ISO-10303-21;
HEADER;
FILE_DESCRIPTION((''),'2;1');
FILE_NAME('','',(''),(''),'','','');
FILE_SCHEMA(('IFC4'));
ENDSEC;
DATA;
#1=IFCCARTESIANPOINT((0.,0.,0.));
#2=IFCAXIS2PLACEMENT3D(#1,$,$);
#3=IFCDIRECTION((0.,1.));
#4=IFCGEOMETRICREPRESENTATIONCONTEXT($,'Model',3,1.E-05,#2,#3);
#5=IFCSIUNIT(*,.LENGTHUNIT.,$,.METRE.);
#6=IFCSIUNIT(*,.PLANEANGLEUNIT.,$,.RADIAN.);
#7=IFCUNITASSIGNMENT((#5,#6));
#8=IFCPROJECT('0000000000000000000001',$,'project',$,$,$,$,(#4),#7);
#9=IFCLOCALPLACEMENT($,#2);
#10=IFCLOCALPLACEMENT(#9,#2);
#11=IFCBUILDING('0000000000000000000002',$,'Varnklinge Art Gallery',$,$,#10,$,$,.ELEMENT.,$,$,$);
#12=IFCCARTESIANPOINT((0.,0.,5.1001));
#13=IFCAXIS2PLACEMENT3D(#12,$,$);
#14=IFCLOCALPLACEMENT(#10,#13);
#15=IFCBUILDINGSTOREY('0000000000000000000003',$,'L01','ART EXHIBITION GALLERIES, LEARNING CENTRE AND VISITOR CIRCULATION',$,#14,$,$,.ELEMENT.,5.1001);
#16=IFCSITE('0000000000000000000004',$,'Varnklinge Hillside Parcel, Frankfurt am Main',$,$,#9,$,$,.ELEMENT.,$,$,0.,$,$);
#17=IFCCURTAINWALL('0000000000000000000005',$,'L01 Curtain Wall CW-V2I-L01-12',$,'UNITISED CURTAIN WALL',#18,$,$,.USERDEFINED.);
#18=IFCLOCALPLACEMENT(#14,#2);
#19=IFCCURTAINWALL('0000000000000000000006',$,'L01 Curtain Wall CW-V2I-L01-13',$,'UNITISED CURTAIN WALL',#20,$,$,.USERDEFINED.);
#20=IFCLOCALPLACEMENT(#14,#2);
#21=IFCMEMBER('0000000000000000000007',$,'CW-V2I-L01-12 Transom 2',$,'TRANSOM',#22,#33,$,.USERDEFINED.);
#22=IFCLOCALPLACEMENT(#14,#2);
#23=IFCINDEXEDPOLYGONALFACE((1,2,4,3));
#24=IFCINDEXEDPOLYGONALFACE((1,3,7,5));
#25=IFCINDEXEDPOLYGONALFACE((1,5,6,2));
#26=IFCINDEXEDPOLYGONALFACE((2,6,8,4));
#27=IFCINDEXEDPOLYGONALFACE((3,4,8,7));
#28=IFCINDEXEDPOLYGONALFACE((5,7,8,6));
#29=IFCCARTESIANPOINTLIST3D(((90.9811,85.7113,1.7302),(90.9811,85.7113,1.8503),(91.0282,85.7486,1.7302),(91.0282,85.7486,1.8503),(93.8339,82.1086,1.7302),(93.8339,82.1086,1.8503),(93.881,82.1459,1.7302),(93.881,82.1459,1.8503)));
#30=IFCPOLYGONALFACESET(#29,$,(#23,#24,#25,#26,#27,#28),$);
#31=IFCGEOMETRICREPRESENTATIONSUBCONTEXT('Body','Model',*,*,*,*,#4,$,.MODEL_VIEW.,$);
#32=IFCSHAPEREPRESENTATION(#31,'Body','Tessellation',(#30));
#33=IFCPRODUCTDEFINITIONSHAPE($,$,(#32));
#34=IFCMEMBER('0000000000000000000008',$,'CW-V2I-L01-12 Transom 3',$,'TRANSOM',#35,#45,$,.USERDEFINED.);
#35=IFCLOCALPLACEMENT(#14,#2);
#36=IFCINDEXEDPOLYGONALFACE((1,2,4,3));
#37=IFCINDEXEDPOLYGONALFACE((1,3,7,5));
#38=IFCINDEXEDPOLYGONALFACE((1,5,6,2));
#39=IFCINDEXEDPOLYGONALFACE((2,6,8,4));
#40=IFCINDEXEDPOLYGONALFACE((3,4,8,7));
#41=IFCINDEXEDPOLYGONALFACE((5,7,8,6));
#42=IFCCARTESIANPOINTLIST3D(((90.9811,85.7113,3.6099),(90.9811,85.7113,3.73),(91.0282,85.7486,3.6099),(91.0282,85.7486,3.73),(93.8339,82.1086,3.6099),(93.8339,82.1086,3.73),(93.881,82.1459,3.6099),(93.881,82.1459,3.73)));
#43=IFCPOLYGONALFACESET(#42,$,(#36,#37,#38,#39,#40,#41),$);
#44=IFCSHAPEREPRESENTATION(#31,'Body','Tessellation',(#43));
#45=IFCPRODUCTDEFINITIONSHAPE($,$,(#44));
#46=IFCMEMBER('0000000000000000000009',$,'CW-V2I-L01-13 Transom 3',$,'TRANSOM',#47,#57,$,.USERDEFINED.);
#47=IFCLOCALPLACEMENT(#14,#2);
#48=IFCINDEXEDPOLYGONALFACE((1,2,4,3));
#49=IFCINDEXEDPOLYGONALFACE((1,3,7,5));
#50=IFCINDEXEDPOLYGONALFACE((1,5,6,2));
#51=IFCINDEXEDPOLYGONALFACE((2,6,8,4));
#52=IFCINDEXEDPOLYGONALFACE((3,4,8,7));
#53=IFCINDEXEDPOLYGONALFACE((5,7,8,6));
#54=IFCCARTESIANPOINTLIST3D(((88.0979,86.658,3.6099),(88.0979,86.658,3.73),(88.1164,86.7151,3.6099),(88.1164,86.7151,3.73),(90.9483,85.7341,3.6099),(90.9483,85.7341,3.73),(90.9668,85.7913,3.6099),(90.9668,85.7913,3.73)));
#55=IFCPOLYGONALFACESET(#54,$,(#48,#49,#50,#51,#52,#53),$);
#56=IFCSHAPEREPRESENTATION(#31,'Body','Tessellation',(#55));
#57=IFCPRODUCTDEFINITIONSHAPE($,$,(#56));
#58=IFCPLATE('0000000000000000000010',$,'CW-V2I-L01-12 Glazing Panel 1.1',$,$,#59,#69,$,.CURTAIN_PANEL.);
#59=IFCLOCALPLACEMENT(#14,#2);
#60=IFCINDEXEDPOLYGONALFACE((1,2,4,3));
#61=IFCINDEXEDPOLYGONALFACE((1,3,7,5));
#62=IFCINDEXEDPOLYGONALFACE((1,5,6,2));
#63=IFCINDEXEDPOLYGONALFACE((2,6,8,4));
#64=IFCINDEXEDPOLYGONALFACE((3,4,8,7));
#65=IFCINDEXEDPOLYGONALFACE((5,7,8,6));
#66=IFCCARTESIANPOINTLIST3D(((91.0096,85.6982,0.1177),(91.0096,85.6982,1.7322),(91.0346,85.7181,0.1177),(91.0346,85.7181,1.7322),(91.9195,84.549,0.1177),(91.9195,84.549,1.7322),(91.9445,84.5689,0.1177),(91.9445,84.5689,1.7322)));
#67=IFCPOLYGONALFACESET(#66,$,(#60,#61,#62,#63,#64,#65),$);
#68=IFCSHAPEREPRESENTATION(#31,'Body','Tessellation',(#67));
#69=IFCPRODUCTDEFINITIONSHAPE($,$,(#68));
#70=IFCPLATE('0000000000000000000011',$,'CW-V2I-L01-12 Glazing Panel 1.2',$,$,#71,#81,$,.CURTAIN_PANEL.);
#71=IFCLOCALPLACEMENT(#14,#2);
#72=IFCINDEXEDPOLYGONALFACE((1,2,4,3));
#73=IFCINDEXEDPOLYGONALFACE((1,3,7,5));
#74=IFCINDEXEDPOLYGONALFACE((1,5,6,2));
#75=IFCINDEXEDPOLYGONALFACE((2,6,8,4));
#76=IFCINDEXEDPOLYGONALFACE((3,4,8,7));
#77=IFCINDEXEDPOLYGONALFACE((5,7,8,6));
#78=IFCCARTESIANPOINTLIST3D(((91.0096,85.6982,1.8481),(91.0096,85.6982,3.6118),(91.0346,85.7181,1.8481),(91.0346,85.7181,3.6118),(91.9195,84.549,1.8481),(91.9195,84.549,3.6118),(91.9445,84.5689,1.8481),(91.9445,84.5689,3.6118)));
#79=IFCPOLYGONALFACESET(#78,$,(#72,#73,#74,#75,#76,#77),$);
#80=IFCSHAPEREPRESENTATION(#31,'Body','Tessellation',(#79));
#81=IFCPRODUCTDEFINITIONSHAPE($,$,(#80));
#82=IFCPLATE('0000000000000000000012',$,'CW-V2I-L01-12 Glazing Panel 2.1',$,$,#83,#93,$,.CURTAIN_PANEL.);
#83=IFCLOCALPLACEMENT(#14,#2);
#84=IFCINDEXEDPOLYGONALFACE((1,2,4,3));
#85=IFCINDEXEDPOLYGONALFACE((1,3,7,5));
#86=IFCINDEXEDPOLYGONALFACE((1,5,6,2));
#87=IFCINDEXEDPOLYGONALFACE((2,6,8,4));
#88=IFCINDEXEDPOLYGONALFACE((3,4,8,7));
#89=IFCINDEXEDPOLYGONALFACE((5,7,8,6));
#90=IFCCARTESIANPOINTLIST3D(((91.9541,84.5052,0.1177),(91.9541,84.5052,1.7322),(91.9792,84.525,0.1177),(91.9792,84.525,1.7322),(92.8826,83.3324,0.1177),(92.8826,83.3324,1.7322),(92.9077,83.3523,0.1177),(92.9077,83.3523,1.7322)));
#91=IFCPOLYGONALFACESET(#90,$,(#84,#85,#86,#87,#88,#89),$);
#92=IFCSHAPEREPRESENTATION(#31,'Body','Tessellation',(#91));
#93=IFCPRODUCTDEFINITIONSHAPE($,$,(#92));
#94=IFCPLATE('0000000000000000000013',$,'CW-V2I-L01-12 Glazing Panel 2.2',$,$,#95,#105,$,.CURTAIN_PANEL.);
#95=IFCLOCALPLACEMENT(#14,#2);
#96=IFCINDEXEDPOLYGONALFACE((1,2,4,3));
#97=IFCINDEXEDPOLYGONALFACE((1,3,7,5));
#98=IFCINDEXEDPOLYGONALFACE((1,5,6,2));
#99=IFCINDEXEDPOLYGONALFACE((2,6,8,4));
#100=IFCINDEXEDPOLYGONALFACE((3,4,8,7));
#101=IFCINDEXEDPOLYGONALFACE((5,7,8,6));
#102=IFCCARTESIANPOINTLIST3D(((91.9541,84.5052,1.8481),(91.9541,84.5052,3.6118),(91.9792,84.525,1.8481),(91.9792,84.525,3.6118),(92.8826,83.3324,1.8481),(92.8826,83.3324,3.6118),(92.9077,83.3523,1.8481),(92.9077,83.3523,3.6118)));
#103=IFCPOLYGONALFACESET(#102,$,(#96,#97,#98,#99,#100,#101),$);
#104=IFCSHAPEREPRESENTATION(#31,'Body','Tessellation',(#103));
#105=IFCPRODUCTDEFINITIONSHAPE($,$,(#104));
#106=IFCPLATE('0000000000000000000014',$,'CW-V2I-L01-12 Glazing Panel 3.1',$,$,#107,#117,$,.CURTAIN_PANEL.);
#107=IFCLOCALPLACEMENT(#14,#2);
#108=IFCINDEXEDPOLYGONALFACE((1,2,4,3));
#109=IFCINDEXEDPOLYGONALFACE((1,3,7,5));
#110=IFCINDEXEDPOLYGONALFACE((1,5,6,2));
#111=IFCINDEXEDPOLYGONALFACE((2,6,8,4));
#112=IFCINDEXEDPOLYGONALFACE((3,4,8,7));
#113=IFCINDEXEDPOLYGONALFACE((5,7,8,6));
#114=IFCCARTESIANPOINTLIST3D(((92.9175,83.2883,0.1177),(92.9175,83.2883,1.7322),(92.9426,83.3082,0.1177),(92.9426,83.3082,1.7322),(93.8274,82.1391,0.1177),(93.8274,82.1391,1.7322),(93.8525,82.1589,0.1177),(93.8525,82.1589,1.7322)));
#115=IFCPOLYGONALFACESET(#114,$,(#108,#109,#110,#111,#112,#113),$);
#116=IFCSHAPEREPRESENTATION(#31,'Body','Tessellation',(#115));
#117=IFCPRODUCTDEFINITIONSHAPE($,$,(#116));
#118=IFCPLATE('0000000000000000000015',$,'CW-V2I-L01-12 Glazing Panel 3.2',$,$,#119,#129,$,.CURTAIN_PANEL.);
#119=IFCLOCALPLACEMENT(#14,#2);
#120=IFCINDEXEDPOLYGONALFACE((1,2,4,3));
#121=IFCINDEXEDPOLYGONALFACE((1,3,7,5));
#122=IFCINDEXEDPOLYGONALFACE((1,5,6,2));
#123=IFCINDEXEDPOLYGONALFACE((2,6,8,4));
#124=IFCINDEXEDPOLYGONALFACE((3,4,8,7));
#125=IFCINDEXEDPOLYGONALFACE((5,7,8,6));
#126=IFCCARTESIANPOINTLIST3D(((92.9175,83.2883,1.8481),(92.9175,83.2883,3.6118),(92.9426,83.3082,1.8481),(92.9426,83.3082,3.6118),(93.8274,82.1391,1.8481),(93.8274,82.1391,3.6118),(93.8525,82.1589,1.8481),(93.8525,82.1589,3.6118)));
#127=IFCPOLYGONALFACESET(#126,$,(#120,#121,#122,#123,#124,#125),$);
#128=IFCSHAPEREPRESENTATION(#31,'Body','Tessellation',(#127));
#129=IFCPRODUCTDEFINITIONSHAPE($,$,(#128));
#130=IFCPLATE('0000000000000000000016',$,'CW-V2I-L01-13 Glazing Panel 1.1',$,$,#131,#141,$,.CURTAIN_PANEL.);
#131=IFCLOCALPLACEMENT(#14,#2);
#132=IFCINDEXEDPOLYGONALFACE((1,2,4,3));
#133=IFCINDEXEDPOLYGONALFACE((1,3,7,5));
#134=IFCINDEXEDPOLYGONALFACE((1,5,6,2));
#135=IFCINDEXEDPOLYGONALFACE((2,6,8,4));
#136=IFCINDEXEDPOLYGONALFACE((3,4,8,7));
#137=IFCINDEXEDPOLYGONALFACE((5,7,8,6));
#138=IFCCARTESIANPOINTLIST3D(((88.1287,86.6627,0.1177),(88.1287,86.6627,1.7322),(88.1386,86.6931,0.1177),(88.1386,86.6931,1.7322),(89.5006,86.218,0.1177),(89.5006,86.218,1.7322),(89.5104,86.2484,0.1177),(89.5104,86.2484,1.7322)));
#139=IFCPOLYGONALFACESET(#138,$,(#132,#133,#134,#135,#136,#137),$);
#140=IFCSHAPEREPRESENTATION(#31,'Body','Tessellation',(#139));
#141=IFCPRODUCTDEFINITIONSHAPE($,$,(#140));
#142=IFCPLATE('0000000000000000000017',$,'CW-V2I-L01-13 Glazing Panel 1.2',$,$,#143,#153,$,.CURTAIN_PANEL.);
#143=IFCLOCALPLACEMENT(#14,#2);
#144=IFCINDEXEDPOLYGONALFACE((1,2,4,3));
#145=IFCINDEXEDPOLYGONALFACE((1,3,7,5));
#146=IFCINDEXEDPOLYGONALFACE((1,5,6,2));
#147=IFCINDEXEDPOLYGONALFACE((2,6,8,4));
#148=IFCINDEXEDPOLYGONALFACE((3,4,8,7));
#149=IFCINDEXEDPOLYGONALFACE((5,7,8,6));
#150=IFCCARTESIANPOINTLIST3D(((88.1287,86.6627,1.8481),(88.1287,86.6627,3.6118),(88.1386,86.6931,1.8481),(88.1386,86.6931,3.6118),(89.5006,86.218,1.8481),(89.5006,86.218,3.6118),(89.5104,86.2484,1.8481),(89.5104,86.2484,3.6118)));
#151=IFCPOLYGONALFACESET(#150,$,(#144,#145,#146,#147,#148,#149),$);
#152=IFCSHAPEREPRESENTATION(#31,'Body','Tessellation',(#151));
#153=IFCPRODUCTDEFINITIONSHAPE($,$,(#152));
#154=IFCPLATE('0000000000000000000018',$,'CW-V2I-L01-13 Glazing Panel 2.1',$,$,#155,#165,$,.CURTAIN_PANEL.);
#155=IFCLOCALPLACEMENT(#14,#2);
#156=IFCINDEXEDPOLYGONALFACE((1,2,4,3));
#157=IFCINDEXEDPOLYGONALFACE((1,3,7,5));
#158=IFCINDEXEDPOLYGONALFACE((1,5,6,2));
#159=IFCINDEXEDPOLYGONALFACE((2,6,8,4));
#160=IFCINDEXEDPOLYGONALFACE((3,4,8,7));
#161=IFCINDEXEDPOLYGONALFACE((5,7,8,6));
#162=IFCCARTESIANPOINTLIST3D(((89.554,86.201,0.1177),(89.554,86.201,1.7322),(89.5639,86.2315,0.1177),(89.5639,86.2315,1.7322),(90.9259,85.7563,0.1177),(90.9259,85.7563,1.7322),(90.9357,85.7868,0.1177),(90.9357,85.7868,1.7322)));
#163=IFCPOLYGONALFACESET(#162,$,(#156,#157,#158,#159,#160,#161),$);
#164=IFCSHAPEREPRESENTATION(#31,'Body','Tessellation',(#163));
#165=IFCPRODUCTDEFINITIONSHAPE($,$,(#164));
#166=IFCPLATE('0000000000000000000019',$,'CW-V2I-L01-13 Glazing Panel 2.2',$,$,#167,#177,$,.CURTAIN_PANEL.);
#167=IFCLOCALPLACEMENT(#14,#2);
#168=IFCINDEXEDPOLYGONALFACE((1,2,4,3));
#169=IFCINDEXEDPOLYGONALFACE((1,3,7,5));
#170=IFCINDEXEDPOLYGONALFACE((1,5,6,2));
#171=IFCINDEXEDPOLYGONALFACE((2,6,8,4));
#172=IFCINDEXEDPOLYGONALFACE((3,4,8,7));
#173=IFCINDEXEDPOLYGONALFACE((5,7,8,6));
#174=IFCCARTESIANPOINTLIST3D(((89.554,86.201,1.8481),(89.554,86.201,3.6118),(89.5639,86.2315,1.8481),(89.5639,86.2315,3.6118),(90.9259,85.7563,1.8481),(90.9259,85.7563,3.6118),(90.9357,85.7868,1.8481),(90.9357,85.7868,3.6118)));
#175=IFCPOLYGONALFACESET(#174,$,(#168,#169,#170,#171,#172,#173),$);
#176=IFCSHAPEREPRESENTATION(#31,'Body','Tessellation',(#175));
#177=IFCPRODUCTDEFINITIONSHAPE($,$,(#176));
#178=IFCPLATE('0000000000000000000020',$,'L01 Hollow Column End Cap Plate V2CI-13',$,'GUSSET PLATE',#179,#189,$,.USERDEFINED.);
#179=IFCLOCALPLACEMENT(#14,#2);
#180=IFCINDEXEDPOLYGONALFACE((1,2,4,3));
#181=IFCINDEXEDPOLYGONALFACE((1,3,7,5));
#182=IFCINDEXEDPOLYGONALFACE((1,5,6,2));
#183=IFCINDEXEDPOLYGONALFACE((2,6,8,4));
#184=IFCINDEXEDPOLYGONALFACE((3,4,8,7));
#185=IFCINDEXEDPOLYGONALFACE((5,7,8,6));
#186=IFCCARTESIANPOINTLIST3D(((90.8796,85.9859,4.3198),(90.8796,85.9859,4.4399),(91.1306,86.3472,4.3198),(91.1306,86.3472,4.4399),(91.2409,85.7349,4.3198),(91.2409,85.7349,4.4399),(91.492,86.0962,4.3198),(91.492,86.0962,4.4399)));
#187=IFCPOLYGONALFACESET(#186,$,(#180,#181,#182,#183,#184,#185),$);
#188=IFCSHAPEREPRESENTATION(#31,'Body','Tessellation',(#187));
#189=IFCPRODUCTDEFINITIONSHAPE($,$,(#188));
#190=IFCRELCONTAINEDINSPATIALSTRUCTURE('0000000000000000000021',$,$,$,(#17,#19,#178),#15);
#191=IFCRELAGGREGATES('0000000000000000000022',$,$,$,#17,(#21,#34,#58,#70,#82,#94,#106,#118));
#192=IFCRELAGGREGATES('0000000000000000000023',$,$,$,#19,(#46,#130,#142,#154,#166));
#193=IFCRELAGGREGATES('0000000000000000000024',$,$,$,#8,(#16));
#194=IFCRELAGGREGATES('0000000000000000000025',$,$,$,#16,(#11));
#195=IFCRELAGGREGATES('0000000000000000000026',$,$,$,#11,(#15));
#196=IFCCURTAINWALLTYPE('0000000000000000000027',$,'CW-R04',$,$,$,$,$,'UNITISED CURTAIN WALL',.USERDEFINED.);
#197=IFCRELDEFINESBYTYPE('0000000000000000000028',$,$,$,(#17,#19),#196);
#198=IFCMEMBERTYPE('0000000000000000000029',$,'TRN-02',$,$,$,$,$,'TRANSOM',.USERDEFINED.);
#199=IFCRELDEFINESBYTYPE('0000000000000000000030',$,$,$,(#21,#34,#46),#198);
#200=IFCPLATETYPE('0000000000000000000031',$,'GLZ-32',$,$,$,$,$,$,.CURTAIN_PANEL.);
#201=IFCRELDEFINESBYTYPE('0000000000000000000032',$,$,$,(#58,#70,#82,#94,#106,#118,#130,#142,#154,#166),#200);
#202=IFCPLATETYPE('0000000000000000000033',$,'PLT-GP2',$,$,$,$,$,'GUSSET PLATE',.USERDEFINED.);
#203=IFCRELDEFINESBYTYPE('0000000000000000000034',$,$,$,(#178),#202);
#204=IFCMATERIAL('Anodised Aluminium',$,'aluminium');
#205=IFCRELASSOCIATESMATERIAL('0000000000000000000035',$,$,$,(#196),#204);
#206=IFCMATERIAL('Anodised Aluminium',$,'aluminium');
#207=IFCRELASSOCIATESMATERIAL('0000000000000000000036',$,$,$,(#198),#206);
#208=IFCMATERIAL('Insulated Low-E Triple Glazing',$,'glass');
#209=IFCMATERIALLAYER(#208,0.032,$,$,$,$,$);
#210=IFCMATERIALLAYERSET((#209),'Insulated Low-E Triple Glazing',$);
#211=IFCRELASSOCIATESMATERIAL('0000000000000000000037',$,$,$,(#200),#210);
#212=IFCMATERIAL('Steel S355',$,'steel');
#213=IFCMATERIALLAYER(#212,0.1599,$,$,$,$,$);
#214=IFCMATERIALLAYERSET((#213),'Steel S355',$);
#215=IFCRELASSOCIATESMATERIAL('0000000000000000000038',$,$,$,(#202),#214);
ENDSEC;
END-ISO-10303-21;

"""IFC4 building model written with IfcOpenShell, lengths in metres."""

from ifc_helpers import new_model, si_unit, direction, frame, origin, origin_2d, place, context, subcontext, project, spatial, rectangle, extrude, material, layer, layer_set, material_profile, profile_set, type_object, element, aggregate, save


model = new_model("IFC4")

# Units and contexts
model_context = context("Model", 3, precision=1e-05, world=origin(), true_north=direction((0.0, 1.0)))
body_context = subcontext(model_context, "Body", "Model", "MODEL_VIEW")
ifc_project = project(units=[si_unit("LENGTHUNIT", "METRE"), si_unit("PLANEANGLEUNIT", "RADIAN")], contexts=[model_context])

# Site, building, storey
site_placement = place(None, origin())
site = spatial("IfcSite", under=ifc_project, at=site_placement, Name="Varnklinge Hillside Parcel, Frankfurt am Main", CompositionType="ELEMENT", RefElevation=0.0)
building_placement = place(site_placement, origin())
building = spatial("IfcBuilding", under=site, at=building_placement, Name="Varnklinge Art Gallery", CompositionType="ELEMENT")
storey_placement = place(building_placement, frame((0.0, 0.0, 5.1001)))
storey = spatial("IfcBuildingStorey", under=building, at=storey_placement, Name="L01", Description="ART EXHIBITION GALLERIES, LEARNING CENTRE AND VISITOR CIRCULATION", CompositionType="ELEMENT", Elevation=5.1001)

# Curtain walls
ifc_material_1 = material(Name="Anodised Aluminium", Category="aluminium")
curtain_wall_type = type_object("IfcCurtainWallType", Name="CW-R04", ElementType="UNITISED CURTAIN WALL", PredefinedType="USERDEFINED", material=ifc_material_1)
curtain_wall_1_placement = place(storey_placement, origin())
curtain_wall_1 = element("IfcCurtainWall", 1, at=curtain_wall_1_placement, inside=storey, type_object=curtain_wall_type, Name="L01 Curtain Wall CW-V2I-L01-12", ObjectType="UNITISED CURTAIN WALL", PredefinedType="USERDEFINED")
curtain_wall_2_placement = place(storey_placement, origin())
curtain_wall_2 = element("IfcCurtainWall", 2, at=curtain_wall_2_placement, inside=storey, type_object=curtain_wall_type, Name="L01 Curtain Wall CW-V2I-L01-13", ObjectType="UNITISED CURTAIN WALL", PredefinedType="USERDEFINED")

# Members
ifc_material_2 = material(Name="Anodised Aluminium", Category="aluminium")
ifc_material_profile_1 = material_profile(ifc_material_2, rectangle(XDim=0.0601, YDim=0.1201, at=origin_2d()), Name="ALU 60x120")
ifc_profile_set_1 = profile_set([ifc_material_profile_1], Name="Anodised Aluminium")
member_type_1 = type_object("IfcMemberType", Name="TRN-02", ElementType="TRANSOM", PredefinedType="USERDEFINED", material=ifc_profile_set_1)
member_1_placement = place(storey_placement, frame((91.0046, 85.73, 1.7903), z_axis=(0.620781, -0.783984, 0.0), x_axis=(0.783984, 0.620781, 0.0)))
member_1 = element("IfcMember", 3, at=member_1_placement, type_object=member_type_1, Name="CW-V2I-L01-12 Transom 2", ObjectType="TRANSOM", PredefinedType="USERDEFINED", context=body_context, shape_type="SweptSolid", body=[
    extrude(rectangle(XDim=0.0601, YDim=0.1201, at=origin_2d()), origin(), (0.0, 0.0, 1.0), 4.5955),
])
member_2_placement = place(storey_placement, frame((91.0046, 85.73, 3.6699), z_axis=(0.620781, -0.783984, 0.0), x_axis=(0.783984, 0.620781, 0.0)))
member_2 = element("IfcMember", 4, at=member_2_placement, type_object=member_type_1, Name="CW-V2I-L01-12 Transom 3", ObjectType="TRANSOM", PredefinedType="USERDEFINED", context=body_context, shape_type="SweptSolid", body=[
    extrude(rectangle(XDim=0.0601, YDim=0.1201, at=origin_2d()), origin(), (0.0, 0.0, 1.0), 4.5955),
])
member_3_placement = place(storey_placement, frame((88.1072, 86.6865, 3.6699), z_axis=(0.951282, -0.308321, 0.0), x_axis=(0.308321, 0.951282, 0.0)))
member_3 = element("IfcMember", 5, at=member_3_placement, type_object=member_type_1, Name="CW-V2I-L01-13 Transom 3", ObjectType="TRANSOM", PredefinedType="USERDEFINED", context=body_context, shape_type="SweptSolid", body=[
    extrude(rectangle(XDim=0.0601, YDim=0.1201, at=origin_2d()), origin(), (0.0, 0.0, 1.0), 2.9963),
])

# Plates
ifc_material_3 = material(Name="Insulated Low-E Triple Glazing", Category="glass")
ifc_layer_1 = layer(ifc_material_3, 0.032)
ifc_layer_set_1 = layer_set([ifc_layer_1], Name="Insulated Low-E Triple Glazing")
plate_type_1 = type_object("IfcPlateType", Name="GLZ-32", PredefinedType="CURTAIN_PANEL", material=ifc_layer_set_1)
plate_1_placement = place(storey_placement, frame((91.4771, 85.1335, 0.1177), z_axis=(0.0, 0.0, 1.0), x_axis=(0.620737, -0.784019, 0.0)))
plate_1 = element("IfcPlate", 6, at=plate_1_placement, type_object=plate_type_1, Name="CW-V2I-L01-12 Glazing Panel 1.1", PredefinedType="CURTAIN_PANEL", context=body_context, shape_type="SweptSolid", body=[
    extrude(rectangle(XDim=1.4658, YDim=0.032, at=origin_2d()), origin(), (0.0, 0.0, 1.0), 1.6145),
])
plate_2_placement = place(storey_placement, frame((91.4771, 85.1335, 1.8481), z_axis=(0.0, 0.0, 1.0), x_axis=(0.620737, -0.784019, 0.0)))
plate_2 = element("IfcPlate", 7, at=plate_2_placement, type_object=plate_type_1, Name="CW-V2I-L01-12 Glazing Panel 1.2", PredefinedType="CURTAIN_PANEL", context=body_context, shape_type="SweptSolid", body=[
    extrude(rectangle(XDim=1.4658, YDim=0.032, at=origin_2d()), origin(), (0.0, 0.0, 1.0), 1.7637),
])
plate_3_placement = place(storey_placement, frame((92.4309, 83.9287, 0.1177), z_axis=(0.0, 0.0, 1.0), x_axis=(0.620737, -0.784019, 0.0)))
plate_3 = element("IfcPlate", 8, at=plate_3_placement, type_object=plate_type_1, Name="CW-V2I-L01-12 Glazing Panel 2.1", PredefinedType="CURTAIN_PANEL", context=body_context, shape_type="SweptSolid", body=[
    extrude(rectangle(XDim=1.4958, YDim=0.032, at=origin_2d()), origin(), (0.0, 0.0, 1.0), 1.6145),
])
plate_4_placement = place(storey_placement, frame((92.4309, 83.9287, 1.8481), z_axis=(0.0, 0.0, 1.0), x_axis=(0.620737, -0.784019, 0.0)))
plate_4 = element("IfcPlate", 9, at=plate_4_placement, type_object=plate_type_1, Name="CW-V2I-L01-12 Glazing Panel 2.2", PredefinedType="CURTAIN_PANEL", context=body_context, shape_type="SweptSolid", body=[
    extrude(rectangle(XDim=1.4958, YDim=0.032, at=origin_2d()), origin(), (0.0, 0.0, 1.0), 1.7637),
])
plate_5_placement = place(storey_placement, frame((93.385, 82.7236, 0.1177), z_axis=(0.0, 0.0, 1.0), x_axis=(0.620737, -0.784019, 0.0)))
plate_5 = element("IfcPlate", 10, at=plate_5_placement, type_object=plate_type_1, Name="CW-V2I-L01-12 Glazing Panel 3.1", PredefinedType="CURTAIN_PANEL", context=body_context, shape_type="SweptSolid", body=[
    extrude(rectangle(XDim=1.4658, YDim=0.032, at=origin_2d()), origin(), (0.0, 0.0, 1.0), 1.6145),
])
plate_6_placement = place(storey_placement, frame((93.385, 82.7236, 1.8481), z_axis=(0.0, 0.0, 1.0), x_axis=(0.620737, -0.784019, 0.0)))
plate_6 = element("IfcPlate", 11, at=plate_6_placement, type_object=plate_type_1, Name="CW-V2I-L01-12 Glazing Panel 3.2", PredefinedType="CURTAIN_PANEL", context=body_context, shape_type="SweptSolid", body=[
    extrude(rectangle(XDim=1.4658, YDim=0.032, at=origin_2d()), origin(), (0.0, 0.0, 1.0), 1.7637),
])
aggregate(curtain_wall_1, [member_1, member_2, plate_1, plate_2, plate_3, plate_4, plate_5, plate_6])
plate_7_placement = place(storey_placement, frame((88.8196, 86.4556, 0.1177), z_axis=(0.0, 0.0, 1.0), x_axis=(0.951272, -0.308353, 0.0)))
plate_7 = element("IfcPlate", 12, at=plate_7_placement, type_object=plate_type_1, Name="CW-V2I-L01-13 Glazing Panel 1.1", PredefinedType="CURTAIN_PANEL", context=body_context, shape_type="SweptSolid", body=[
    extrude(rectangle(XDim=1.4421, YDim=0.032, at=origin_2d()), origin(), (0.0, 0.0, 1.0), 1.6145),
])
plate_8_placement = place(storey_placement, frame((88.8196, 86.4556, 1.8481), z_axis=(0.0, 0.0, 1.0), x_axis=(0.951272, -0.308353, 0.0)))
plate_8 = element("IfcPlate", 13, at=plate_8_placement, type_object=plate_type_1, Name="CW-V2I-L01-13 Glazing Panel 1.2", PredefinedType="CURTAIN_PANEL", context=body_context, shape_type="SweptSolid", body=[
    extrude(rectangle(XDim=1.4421, YDim=0.032, at=origin_2d()), origin(), (0.0, 0.0, 1.0), 1.7637),
])
plate_9_placement = place(storey_placement, frame((90.2449, 85.9939, 0.1177), z_axis=(0.0, 0.0, 1.0), x_axis=(0.951272, -0.308353, 0.0)))
plate_9 = element("IfcPlate", 14, at=plate_9_placement, type_object=plate_type_1, Name="CW-V2I-L01-13 Glazing Panel 2.1", PredefinedType="CURTAIN_PANEL", context=body_context, shape_type="SweptSolid", body=[
    extrude(rectangle(XDim=1.4421, YDim=0.032, at=origin_2d()), origin(), (0.0, 0.0, 1.0), 1.6145),
])
plate_10_placement = place(storey_placement, frame((90.2449, 85.9939, 1.8481), z_axis=(0.0, 0.0, 1.0), x_axis=(0.951272, -0.308353, 0.0)))
plate_10 = element("IfcPlate", 15, at=plate_10_placement, type_object=plate_type_1, Name="CW-V2I-L01-13 Glazing Panel 2.2", PredefinedType="CURTAIN_PANEL", context=body_context, shape_type="SweptSolid", body=[
    extrude(rectangle(XDim=1.4421, YDim=0.032, at=origin_2d()), origin(), (0.0, 0.0, 1.0), 1.7637),
])
aggregate(curtain_wall_2, [member_3, plate_7, plate_8, plate_9, plate_10])
ifc_material_4 = material(Name="Steel S355", Category="steel")
ifc_layer_2 = layer(ifc_material_4, 0.1599)
ifc_layer_set_2 = layer_set([ifc_layer_2], Name="Steel S355")
plate_type_2 = type_object("IfcPlateType", Name="PLT-GP2", ElementType="GUSSET PLATE", PredefinedType="USERDEFINED", material=ifc_layer_set_2)
plate_11_placement = place(storey_placement, frame((91.1858, 86.041, 4.3198), z_axis=(0.0, 0.0, 1.0), x_axis=(-0.57057, -0.821249, 0.0)))
element("IfcPlate", 16, at=plate_11_placement, inside=storey, type_object=plate_type_2, Name="L01 Hollow Column End Cap Plate V2CI-13", ObjectType="GUSSET PLATE", PredefinedType="USERDEFINED", context=body_context, shape_type="SweptSolid", body=[
    extrude(rectangle(XDim=0.4399, YDim=0.4399, at=origin_2d()), origin(), (0.0, 0.0, 1.0), 0.1201),
])

save(model, "model.ifc")
